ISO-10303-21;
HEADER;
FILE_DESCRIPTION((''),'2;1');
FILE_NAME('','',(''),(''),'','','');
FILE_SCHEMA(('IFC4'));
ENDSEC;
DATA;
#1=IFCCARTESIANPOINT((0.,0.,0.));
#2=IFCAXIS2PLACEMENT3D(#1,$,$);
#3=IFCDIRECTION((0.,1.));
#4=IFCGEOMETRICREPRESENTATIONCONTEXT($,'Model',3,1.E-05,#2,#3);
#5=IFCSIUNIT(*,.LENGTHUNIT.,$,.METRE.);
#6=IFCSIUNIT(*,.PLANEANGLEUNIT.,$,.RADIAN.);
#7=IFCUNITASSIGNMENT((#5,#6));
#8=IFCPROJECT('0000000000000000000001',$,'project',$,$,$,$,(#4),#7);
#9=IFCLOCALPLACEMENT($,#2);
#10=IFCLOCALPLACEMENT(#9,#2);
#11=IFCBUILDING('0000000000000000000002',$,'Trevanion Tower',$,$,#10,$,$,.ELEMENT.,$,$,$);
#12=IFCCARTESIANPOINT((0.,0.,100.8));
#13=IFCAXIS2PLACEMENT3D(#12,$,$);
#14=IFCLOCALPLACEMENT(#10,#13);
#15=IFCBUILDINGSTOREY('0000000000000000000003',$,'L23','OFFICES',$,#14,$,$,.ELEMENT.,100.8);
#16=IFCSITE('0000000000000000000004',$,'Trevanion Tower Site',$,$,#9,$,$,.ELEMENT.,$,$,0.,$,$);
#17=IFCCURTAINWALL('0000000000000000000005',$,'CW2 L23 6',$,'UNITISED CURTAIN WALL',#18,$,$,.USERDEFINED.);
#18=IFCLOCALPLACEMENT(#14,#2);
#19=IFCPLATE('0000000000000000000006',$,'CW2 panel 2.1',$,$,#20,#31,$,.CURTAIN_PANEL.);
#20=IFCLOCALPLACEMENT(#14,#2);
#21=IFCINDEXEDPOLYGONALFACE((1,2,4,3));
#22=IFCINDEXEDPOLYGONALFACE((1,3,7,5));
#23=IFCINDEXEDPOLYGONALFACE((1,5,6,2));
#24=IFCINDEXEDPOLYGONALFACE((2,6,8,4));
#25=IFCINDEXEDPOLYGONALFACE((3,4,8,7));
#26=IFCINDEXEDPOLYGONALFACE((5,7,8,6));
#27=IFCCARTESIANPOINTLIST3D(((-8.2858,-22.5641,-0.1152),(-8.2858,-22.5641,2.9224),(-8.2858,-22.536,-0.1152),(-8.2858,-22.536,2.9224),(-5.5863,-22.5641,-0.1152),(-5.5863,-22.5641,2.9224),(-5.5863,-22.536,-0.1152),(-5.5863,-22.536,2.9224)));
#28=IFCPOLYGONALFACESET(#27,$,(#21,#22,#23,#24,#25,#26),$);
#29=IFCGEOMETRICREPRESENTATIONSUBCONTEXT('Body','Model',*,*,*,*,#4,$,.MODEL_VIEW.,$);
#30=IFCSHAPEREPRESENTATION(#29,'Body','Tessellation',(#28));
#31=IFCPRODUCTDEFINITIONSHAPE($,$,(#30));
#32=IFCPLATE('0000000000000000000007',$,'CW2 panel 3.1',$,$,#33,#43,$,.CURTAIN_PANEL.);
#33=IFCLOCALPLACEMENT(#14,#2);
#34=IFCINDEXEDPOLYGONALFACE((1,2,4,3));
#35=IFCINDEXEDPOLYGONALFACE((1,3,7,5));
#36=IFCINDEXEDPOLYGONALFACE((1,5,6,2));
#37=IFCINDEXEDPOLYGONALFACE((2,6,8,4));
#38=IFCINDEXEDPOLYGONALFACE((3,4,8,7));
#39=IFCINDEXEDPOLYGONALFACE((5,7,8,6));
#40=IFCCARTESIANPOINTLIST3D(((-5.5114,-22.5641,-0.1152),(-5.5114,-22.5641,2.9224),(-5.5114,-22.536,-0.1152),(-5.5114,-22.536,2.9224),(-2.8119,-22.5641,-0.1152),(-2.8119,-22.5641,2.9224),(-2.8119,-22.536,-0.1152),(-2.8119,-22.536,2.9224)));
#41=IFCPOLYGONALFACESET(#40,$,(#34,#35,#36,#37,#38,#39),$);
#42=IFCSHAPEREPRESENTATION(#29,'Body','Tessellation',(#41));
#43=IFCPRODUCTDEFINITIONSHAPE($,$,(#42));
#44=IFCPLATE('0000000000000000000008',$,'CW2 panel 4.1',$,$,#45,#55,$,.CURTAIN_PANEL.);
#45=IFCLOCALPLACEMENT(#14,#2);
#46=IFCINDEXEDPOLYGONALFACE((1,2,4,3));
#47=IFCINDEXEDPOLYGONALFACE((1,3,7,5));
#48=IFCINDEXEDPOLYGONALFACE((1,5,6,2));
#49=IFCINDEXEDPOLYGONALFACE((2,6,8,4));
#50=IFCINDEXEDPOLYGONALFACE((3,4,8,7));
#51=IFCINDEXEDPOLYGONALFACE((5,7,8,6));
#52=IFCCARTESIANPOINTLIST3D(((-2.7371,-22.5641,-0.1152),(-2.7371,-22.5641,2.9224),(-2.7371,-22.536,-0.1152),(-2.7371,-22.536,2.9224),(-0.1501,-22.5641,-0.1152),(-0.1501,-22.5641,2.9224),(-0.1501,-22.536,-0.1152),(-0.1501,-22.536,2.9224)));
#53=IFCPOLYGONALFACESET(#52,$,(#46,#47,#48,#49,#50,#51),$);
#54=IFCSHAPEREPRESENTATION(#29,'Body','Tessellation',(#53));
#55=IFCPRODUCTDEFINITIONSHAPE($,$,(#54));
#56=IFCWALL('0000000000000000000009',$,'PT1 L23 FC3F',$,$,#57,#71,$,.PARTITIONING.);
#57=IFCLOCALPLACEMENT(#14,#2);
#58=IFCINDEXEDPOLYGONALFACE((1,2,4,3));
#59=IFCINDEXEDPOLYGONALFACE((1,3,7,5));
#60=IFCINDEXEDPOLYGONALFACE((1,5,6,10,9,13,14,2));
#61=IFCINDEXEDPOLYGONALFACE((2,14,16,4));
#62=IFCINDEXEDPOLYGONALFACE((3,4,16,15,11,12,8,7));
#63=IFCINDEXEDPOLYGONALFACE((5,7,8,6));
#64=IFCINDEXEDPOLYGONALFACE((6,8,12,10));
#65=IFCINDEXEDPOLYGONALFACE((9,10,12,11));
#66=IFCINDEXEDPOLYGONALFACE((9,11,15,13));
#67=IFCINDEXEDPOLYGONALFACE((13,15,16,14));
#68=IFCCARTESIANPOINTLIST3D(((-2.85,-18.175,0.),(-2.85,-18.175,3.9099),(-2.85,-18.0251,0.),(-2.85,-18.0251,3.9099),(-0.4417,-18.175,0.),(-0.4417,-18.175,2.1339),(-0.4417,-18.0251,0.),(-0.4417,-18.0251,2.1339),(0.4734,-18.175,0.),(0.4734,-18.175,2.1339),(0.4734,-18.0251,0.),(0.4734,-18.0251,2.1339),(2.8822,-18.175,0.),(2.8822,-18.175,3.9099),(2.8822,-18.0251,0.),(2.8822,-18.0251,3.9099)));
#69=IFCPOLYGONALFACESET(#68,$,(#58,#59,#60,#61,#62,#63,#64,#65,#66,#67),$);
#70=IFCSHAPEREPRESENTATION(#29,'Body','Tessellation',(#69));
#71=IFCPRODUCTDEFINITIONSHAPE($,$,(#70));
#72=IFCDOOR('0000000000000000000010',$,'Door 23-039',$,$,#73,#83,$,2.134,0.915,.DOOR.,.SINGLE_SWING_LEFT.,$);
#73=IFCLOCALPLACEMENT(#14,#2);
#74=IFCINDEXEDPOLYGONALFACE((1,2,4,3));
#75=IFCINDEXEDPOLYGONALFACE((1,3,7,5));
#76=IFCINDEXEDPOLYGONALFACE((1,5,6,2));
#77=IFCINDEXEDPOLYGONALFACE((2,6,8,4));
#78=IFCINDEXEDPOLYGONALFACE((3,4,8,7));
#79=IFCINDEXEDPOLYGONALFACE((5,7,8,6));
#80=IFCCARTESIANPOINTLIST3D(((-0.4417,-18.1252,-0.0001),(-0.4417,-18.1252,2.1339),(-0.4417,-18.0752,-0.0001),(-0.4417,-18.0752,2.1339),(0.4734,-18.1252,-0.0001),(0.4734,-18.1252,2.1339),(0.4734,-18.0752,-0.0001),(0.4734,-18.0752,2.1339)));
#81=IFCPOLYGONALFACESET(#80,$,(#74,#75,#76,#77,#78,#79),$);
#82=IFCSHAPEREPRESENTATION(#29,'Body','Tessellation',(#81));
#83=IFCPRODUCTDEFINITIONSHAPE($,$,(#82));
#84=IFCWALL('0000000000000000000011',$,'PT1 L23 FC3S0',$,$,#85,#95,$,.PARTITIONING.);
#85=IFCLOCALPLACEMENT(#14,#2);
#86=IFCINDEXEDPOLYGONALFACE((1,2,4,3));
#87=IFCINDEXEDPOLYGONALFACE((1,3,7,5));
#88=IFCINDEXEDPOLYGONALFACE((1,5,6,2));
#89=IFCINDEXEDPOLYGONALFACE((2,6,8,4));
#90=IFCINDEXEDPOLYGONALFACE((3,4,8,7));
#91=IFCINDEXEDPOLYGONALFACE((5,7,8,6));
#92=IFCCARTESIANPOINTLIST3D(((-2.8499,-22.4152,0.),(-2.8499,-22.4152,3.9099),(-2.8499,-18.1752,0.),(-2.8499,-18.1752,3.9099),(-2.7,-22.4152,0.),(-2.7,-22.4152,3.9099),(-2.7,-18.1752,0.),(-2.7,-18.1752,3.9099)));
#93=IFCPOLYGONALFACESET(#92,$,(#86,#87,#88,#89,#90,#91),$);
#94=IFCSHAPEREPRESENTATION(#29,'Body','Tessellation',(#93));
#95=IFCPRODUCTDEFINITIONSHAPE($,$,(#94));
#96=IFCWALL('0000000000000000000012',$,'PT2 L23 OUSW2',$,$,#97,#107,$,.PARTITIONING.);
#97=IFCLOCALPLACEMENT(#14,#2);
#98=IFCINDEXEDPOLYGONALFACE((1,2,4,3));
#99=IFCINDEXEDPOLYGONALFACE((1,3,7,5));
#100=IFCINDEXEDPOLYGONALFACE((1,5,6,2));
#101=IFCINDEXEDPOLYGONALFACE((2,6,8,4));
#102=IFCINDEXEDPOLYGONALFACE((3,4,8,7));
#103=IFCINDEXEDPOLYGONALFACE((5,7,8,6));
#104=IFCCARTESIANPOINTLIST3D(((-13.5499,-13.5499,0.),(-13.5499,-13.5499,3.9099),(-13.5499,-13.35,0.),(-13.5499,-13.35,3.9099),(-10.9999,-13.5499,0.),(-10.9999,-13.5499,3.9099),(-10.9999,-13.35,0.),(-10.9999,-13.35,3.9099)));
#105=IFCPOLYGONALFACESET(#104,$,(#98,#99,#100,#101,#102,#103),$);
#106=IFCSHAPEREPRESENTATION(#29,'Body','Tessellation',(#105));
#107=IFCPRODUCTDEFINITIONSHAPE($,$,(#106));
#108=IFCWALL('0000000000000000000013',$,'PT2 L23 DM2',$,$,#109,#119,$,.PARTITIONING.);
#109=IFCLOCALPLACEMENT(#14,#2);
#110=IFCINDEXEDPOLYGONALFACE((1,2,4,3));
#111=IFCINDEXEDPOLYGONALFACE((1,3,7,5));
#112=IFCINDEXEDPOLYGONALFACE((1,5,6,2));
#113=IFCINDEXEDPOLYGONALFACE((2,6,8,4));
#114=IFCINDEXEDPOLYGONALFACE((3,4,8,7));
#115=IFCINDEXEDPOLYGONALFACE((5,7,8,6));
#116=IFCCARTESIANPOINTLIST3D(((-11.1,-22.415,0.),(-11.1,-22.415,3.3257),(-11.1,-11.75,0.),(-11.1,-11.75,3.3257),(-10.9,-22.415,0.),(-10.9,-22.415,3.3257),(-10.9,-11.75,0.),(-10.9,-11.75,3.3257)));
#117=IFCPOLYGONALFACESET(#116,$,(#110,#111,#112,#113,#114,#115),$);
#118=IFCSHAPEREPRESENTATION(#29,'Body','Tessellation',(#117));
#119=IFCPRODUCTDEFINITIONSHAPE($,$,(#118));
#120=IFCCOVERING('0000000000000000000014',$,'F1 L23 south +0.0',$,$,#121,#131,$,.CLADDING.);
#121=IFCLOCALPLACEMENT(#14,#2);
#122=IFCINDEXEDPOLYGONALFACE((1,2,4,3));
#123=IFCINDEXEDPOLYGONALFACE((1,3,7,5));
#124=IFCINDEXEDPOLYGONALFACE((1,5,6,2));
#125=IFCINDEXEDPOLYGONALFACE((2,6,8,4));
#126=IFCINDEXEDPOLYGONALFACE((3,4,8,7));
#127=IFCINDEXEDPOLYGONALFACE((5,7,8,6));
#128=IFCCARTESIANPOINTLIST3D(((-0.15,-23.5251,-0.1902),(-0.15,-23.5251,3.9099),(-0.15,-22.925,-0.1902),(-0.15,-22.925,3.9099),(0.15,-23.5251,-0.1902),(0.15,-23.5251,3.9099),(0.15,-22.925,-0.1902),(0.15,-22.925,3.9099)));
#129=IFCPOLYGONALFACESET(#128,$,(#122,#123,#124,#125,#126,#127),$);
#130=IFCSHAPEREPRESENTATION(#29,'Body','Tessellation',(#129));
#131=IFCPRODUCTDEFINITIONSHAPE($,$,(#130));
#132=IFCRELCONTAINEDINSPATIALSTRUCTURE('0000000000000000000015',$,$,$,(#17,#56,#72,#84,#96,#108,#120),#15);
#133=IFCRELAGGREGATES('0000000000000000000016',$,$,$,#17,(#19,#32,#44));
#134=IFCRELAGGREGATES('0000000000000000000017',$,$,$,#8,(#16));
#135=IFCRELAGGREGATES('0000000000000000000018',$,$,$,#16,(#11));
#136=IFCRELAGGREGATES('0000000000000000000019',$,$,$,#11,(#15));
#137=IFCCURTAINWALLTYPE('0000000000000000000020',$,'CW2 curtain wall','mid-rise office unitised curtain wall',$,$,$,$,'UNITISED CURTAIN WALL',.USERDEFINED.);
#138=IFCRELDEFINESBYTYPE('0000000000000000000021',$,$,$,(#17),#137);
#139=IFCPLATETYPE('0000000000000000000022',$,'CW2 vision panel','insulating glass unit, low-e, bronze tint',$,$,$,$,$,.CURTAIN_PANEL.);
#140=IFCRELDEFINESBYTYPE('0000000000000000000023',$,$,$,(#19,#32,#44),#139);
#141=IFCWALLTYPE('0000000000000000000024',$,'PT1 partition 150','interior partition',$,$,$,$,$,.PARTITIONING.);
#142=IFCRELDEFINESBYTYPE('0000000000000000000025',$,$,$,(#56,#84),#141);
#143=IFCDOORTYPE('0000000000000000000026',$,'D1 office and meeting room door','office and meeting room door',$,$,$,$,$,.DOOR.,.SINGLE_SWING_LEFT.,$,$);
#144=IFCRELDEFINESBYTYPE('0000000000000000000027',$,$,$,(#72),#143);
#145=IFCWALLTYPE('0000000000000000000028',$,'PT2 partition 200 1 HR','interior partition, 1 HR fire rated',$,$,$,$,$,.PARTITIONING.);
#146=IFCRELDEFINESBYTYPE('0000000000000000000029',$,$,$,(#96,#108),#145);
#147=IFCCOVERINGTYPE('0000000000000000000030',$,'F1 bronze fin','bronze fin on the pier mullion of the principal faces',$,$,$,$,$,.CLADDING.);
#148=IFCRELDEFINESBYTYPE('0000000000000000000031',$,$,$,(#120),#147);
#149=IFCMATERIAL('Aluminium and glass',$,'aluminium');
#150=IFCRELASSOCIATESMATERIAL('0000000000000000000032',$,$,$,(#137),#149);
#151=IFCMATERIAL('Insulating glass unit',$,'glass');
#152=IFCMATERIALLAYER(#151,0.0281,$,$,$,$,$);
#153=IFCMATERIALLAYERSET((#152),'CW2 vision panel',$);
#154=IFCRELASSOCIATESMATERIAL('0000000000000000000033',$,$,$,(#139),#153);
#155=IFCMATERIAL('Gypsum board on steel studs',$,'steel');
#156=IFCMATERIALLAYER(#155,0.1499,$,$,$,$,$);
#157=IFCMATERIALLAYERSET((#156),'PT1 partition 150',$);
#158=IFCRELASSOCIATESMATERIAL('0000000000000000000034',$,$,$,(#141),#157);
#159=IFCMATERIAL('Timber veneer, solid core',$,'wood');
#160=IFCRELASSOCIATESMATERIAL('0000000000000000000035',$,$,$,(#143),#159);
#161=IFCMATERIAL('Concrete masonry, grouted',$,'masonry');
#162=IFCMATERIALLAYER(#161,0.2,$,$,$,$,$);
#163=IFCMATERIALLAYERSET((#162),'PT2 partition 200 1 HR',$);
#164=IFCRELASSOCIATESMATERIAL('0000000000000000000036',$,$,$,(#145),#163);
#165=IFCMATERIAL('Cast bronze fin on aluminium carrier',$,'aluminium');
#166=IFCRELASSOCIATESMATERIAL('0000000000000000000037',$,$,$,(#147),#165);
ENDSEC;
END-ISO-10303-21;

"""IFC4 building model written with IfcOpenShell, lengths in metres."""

from ifc_helpers import new_model, si_unit, direction, frame, frame_2d, origin, origin_2d, place, context, subcontext, project, spatial, rectangle, extrude, material, layer, layer_set, type_object, element, fill, aggregate, save


model = new_model("IFC4")

# Units and contexts
model_context = context("Model", 3, precision=1e-05, world=origin(), true_north=direction((0.0, 1.0)))
body_context = subcontext(model_context, "Body", "Model", "MODEL_VIEW")
ifc_project = project(units=[si_unit("LENGTHUNIT", "METRE"), si_unit("PLANEANGLEUNIT", "RADIAN")], contexts=[model_context])

# Site, building, storey
site_placement = place(None, origin())
site = spatial("IfcSite", under=ifc_project, at=site_placement, Name="Trevanion Tower Site", CompositionType="ELEMENT", RefElevation=0.0)
building_placement = place(site_placement, origin())
building = spatial("IfcBuilding", under=site, at=building_placement, Name="Trevanion Tower", CompositionType="ELEMENT")
storey_placement = place(building_placement, frame((0.0, 0.0, 100.8)))
storey = spatial("IfcBuildingStorey", under=building, at=storey_placement, Name="L23", Description="OFFICES", CompositionType="ELEMENT", Elevation=100.8)

# Curtain wall
ifc_material_1 = material(Name="Aluminium and glass", Category="aluminium")
curtain_wall_type = type_object("IfcCurtainWallType", Name="CW2 curtain wall", Description="mid-rise office unitised curtain wall", ElementType="UNITISED CURTAIN WALL", PredefinedType="USERDEFINED", material=ifc_material_1)
curtain_wall_placement = place(storey_placement, origin())
curtain_wall = element("IfcCurtainWall", 1, at=curtain_wall_placement, inside=storey, type_object=curtain_wall_type, Name="CW2 L23 6", ObjectType="UNITISED CURTAIN WALL", PredefinedType="USERDEFINED")

# Plates
ifc_material_2 = material(Name="Insulating glass unit", Category="glass")
ifc_layer_1 = layer(ifc_material_2, 0.0281)
ifc_layer_set_1 = layer_set([ifc_layer_1], Name="CW2 vision panel")
plate_type_1 = type_object("IfcPlateType", Name="CW2 vision panel", Description="insulating glass unit, low-e, bronze tint", PredefinedType="CURTAIN_PANEL", material=ifc_layer_set_1)
plate_1_placement = place(storey_placement, frame((-6.936, -22.55, -0.1152), z_axis=(0.0, 0.0, 1.0), x_axis=(1.0, 0.0, 0.0)))
plate_1 = element("IfcPlate", 2, at=plate_1_placement, type_object=plate_type_1, Name="CW2 panel 2.1", PredefinedType="CURTAIN_PANEL", context=body_context, shape_type="SweptSolid", body=[
    extrude(rectangle(XDim=2.6995, YDim=0.0281, at=origin_2d()), origin(), (0.0, 0.0, 1.0), 3.0376),
])
plate_2_placement = place(storey_placement, frame((-4.1616, -22.55, -0.1152), z_axis=(0.0, 0.0, 1.0), x_axis=(1.0, 0.0, 0.0)))
plate_2 = element("IfcPlate", 3, at=plate_2_placement, type_object=plate_type_1, Name="CW2 panel 3.1", PredefinedType="CURTAIN_PANEL", context=body_context, shape_type="SweptSolid", body=[
    extrude(rectangle(XDim=2.6995, YDim=0.0281, at=origin_2d()), origin(), (0.0, 0.0, 1.0), 3.0376),
])
plate_3_placement = place(storey_placement, frame((-1.4436, -22.55, -0.1152), z_axis=(0.0, 0.0, 1.0), x_axis=(1.0, 0.0, 0.0)))
plate_3 = element("IfcPlate", 4, at=plate_3_placement, type_object=plate_type_1, Name="CW2 panel 4.1", PredefinedType="CURTAIN_PANEL", context=body_context, shape_type="SweptSolid", body=[
    extrude(rectangle(XDim=2.5869, YDim=0.0281, at=origin_2d()), origin(), (0.0, 0.0, 1.0), 3.0376),
])
aggregate(curtain_wall, [plate_1, plate_2, plate_3])

# Wall, opening, door
ifc_material_3 = material(Name="Gypsum board on steel studs", Category="steel")
ifc_layer_2 = layer(ifc_material_3, 0.1499)
ifc_layer_set_2 = layer_set([ifc_layer_2], Name="PT1 partition 150")
wall_type_1 = type_object("IfcWallType", Name="PT1 partition 150", Description="interior partition", PredefinedType="PARTITIONING", material=ifc_layer_set_2)
wall_1_placement = place(storey_placement, frame((-2.8501, -18.1001, 0.0), z_axis=(0.0, 0.0, 1.0), x_axis=(1.0, 0.0, 0.0)))
wall_1 = element("IfcWall", 5, at=wall_1_placement, inside=storey, type_object=wall_type_1, Name="PT1 L23 FC3F", PredefinedType="PARTITIONING", context=body_context, shape_type="SweptSolid", body=[
    extrude(rectangle(XDim=5.7322, YDim=0.1499, at=frame_2d((2.8662, 0.0))), origin(), (0.0, 0.0, 1.0), 3.9099),
])
opening_placement = place(wall_1_placement, frame((2.4084, 0.0, 0.0)))
opening = element("IfcOpeningElement", 6, at=opening_placement, cuts=wall_1, PredefinedType="OPENING", context=body_context, shape_type="SweptSolid", body=[
    extrude(rectangle(XDim=0.915, YDim=2.134, at=frame_2d((0.4575, 1.0669))), frame((0.0, 0.085, 0.0), z_axis=(0.0, -1.0, 0.0), x_axis=(1.0, 0.0, 0.0)), (0.0, 0.0, 1.0), 0.1699),
])
ifc_material_4 = material(Name="Timber veneer, solid core", Category="wood")
door_type = type_object("IfcDoorType", Name="D1 office and meeting room door", Description="office and meeting room door", OperationType="SINGLE_SWING_LEFT", PredefinedType="DOOR", material=ifc_material_4)
door_placement = place(opening_placement, origin())
door = element("IfcDoor", 7, at=door_placement, inside=storey, type_object=door_type, Name="Door 23-039", OperationType="SINGLE_SWING_LEFT", OverallHeight=2.134, OverallWidth=0.915, PredefinedType="DOOR", context=body_context, shape_type="SweptSolid", body=[
    extrude(rectangle(XDim=0.915, YDim=2.134, at=frame_2d((0.4575, 1.0669))), frame((0.0, 0.0249, 0.0), z_axis=(0.0, -1.0, 0.0), x_axis=(1.0, 0.0, 0.0)), (0.0, 0.0, 1.0), 0.05),
])
fill(opening, door)

# Walls
wall_2_placement = place(storey_placement, frame((-2.7749, -18.175, 0.0), z_axis=(0.0, 0.0, 1.0), x_axis=(0.0, -1.0, 0.0)))
element("IfcWall", 8, at=wall_2_placement, inside=storey, type_object=wall_type_1, Name="PT1 L23 FC3S0", PredefinedType="PARTITIONING", context=body_context, shape_type="SweptSolid", body=[
    extrude(rectangle(XDim=4.24, YDim=0.1499, at=frame_2d((2.1201, 0.0))), origin(), (0.0, 0.0, 1.0), 3.9099),
])
ifc_material_5 = material(Name="Concrete masonry, grouted", Category="masonry")
ifc_layer_3 = layer(ifc_material_5, 0.2)
ifc_layer_set_3 = layer_set([ifc_layer_3], Name="PT2 partition 200 1 HR")
wall_type_2 = type_object("IfcWallType", Name="PT2 partition 200 1 HR", Description="interior partition, 1 HR fire rated", PredefinedType="PARTITIONING", material=ifc_layer_set_3)
wall_3_placement = place(storey_placement, frame((-11.0, -13.45, 0.0), z_axis=(0.0, 0.0, 1.0), x_axis=(-1.0, 0.0, 0.0)))
element("IfcWall", 9, at=wall_3_placement, inside=storey, type_object=wall_type_2, Name="PT2 L23 OUSW2", PredefinedType="PARTITIONING", context=body_context, shape_type="SweptSolid", body=[
    extrude(rectangle(XDim=2.55, YDim=0.2, at=frame_2d((1.2749, 0.0))), origin(), (0.0, 0.0, 1.0), 3.9099),
])
wall_4_placement = place(storey_placement, frame((-11.0, -11.75, 0.0), z_axis=(0.0, 0.0, 1.0), x_axis=(0.0, -1.0, 0.0)))
element("IfcWall", 10, at=wall_4_placement, inside=storey, type_object=wall_type_2, Name="PT2 L23 DM2", PredefinedType="PARTITIONING", context=body_context, shape_type="SweptSolid", body=[
    extrude(rectangle(XDim=10.665, YDim=0.2, at=frame_2d((5.3325, 0.0))), origin(), (0.0, 0.0, 1.0), 3.3257),
])

# Covering
ifc_material_6 = material(Name="Cast bronze fin on aluminium carrier", Category="aluminium")
covering_type = type_object("IfcCoveringType", Name="F1 bronze fin", Description="bronze fin on the pier mullion of the principal faces", PredefinedType="CLADDING", material=ifc_material_6)
covering_placement = place(storey_placement, frame((0.0, -23.2251, -0.1902), z_axis=(0.0, 0.0, 1.0), x_axis=(1.0, 0.0, 0.0)))
element("IfcCovering", 11, at=covering_placement, inside=storey, type_object=covering_type, Name="F1 L23 south +0.0", PredefinedType="CLADDING", context=body_context, shape_type="SweptSolid", body=[
    extrude(rectangle(XDim=0.3, YDim=0.6001, at=origin_2d()), origin(), (0.0, 0.0, 1.0), 4.1001),
])

save(model, "model.ifc")
